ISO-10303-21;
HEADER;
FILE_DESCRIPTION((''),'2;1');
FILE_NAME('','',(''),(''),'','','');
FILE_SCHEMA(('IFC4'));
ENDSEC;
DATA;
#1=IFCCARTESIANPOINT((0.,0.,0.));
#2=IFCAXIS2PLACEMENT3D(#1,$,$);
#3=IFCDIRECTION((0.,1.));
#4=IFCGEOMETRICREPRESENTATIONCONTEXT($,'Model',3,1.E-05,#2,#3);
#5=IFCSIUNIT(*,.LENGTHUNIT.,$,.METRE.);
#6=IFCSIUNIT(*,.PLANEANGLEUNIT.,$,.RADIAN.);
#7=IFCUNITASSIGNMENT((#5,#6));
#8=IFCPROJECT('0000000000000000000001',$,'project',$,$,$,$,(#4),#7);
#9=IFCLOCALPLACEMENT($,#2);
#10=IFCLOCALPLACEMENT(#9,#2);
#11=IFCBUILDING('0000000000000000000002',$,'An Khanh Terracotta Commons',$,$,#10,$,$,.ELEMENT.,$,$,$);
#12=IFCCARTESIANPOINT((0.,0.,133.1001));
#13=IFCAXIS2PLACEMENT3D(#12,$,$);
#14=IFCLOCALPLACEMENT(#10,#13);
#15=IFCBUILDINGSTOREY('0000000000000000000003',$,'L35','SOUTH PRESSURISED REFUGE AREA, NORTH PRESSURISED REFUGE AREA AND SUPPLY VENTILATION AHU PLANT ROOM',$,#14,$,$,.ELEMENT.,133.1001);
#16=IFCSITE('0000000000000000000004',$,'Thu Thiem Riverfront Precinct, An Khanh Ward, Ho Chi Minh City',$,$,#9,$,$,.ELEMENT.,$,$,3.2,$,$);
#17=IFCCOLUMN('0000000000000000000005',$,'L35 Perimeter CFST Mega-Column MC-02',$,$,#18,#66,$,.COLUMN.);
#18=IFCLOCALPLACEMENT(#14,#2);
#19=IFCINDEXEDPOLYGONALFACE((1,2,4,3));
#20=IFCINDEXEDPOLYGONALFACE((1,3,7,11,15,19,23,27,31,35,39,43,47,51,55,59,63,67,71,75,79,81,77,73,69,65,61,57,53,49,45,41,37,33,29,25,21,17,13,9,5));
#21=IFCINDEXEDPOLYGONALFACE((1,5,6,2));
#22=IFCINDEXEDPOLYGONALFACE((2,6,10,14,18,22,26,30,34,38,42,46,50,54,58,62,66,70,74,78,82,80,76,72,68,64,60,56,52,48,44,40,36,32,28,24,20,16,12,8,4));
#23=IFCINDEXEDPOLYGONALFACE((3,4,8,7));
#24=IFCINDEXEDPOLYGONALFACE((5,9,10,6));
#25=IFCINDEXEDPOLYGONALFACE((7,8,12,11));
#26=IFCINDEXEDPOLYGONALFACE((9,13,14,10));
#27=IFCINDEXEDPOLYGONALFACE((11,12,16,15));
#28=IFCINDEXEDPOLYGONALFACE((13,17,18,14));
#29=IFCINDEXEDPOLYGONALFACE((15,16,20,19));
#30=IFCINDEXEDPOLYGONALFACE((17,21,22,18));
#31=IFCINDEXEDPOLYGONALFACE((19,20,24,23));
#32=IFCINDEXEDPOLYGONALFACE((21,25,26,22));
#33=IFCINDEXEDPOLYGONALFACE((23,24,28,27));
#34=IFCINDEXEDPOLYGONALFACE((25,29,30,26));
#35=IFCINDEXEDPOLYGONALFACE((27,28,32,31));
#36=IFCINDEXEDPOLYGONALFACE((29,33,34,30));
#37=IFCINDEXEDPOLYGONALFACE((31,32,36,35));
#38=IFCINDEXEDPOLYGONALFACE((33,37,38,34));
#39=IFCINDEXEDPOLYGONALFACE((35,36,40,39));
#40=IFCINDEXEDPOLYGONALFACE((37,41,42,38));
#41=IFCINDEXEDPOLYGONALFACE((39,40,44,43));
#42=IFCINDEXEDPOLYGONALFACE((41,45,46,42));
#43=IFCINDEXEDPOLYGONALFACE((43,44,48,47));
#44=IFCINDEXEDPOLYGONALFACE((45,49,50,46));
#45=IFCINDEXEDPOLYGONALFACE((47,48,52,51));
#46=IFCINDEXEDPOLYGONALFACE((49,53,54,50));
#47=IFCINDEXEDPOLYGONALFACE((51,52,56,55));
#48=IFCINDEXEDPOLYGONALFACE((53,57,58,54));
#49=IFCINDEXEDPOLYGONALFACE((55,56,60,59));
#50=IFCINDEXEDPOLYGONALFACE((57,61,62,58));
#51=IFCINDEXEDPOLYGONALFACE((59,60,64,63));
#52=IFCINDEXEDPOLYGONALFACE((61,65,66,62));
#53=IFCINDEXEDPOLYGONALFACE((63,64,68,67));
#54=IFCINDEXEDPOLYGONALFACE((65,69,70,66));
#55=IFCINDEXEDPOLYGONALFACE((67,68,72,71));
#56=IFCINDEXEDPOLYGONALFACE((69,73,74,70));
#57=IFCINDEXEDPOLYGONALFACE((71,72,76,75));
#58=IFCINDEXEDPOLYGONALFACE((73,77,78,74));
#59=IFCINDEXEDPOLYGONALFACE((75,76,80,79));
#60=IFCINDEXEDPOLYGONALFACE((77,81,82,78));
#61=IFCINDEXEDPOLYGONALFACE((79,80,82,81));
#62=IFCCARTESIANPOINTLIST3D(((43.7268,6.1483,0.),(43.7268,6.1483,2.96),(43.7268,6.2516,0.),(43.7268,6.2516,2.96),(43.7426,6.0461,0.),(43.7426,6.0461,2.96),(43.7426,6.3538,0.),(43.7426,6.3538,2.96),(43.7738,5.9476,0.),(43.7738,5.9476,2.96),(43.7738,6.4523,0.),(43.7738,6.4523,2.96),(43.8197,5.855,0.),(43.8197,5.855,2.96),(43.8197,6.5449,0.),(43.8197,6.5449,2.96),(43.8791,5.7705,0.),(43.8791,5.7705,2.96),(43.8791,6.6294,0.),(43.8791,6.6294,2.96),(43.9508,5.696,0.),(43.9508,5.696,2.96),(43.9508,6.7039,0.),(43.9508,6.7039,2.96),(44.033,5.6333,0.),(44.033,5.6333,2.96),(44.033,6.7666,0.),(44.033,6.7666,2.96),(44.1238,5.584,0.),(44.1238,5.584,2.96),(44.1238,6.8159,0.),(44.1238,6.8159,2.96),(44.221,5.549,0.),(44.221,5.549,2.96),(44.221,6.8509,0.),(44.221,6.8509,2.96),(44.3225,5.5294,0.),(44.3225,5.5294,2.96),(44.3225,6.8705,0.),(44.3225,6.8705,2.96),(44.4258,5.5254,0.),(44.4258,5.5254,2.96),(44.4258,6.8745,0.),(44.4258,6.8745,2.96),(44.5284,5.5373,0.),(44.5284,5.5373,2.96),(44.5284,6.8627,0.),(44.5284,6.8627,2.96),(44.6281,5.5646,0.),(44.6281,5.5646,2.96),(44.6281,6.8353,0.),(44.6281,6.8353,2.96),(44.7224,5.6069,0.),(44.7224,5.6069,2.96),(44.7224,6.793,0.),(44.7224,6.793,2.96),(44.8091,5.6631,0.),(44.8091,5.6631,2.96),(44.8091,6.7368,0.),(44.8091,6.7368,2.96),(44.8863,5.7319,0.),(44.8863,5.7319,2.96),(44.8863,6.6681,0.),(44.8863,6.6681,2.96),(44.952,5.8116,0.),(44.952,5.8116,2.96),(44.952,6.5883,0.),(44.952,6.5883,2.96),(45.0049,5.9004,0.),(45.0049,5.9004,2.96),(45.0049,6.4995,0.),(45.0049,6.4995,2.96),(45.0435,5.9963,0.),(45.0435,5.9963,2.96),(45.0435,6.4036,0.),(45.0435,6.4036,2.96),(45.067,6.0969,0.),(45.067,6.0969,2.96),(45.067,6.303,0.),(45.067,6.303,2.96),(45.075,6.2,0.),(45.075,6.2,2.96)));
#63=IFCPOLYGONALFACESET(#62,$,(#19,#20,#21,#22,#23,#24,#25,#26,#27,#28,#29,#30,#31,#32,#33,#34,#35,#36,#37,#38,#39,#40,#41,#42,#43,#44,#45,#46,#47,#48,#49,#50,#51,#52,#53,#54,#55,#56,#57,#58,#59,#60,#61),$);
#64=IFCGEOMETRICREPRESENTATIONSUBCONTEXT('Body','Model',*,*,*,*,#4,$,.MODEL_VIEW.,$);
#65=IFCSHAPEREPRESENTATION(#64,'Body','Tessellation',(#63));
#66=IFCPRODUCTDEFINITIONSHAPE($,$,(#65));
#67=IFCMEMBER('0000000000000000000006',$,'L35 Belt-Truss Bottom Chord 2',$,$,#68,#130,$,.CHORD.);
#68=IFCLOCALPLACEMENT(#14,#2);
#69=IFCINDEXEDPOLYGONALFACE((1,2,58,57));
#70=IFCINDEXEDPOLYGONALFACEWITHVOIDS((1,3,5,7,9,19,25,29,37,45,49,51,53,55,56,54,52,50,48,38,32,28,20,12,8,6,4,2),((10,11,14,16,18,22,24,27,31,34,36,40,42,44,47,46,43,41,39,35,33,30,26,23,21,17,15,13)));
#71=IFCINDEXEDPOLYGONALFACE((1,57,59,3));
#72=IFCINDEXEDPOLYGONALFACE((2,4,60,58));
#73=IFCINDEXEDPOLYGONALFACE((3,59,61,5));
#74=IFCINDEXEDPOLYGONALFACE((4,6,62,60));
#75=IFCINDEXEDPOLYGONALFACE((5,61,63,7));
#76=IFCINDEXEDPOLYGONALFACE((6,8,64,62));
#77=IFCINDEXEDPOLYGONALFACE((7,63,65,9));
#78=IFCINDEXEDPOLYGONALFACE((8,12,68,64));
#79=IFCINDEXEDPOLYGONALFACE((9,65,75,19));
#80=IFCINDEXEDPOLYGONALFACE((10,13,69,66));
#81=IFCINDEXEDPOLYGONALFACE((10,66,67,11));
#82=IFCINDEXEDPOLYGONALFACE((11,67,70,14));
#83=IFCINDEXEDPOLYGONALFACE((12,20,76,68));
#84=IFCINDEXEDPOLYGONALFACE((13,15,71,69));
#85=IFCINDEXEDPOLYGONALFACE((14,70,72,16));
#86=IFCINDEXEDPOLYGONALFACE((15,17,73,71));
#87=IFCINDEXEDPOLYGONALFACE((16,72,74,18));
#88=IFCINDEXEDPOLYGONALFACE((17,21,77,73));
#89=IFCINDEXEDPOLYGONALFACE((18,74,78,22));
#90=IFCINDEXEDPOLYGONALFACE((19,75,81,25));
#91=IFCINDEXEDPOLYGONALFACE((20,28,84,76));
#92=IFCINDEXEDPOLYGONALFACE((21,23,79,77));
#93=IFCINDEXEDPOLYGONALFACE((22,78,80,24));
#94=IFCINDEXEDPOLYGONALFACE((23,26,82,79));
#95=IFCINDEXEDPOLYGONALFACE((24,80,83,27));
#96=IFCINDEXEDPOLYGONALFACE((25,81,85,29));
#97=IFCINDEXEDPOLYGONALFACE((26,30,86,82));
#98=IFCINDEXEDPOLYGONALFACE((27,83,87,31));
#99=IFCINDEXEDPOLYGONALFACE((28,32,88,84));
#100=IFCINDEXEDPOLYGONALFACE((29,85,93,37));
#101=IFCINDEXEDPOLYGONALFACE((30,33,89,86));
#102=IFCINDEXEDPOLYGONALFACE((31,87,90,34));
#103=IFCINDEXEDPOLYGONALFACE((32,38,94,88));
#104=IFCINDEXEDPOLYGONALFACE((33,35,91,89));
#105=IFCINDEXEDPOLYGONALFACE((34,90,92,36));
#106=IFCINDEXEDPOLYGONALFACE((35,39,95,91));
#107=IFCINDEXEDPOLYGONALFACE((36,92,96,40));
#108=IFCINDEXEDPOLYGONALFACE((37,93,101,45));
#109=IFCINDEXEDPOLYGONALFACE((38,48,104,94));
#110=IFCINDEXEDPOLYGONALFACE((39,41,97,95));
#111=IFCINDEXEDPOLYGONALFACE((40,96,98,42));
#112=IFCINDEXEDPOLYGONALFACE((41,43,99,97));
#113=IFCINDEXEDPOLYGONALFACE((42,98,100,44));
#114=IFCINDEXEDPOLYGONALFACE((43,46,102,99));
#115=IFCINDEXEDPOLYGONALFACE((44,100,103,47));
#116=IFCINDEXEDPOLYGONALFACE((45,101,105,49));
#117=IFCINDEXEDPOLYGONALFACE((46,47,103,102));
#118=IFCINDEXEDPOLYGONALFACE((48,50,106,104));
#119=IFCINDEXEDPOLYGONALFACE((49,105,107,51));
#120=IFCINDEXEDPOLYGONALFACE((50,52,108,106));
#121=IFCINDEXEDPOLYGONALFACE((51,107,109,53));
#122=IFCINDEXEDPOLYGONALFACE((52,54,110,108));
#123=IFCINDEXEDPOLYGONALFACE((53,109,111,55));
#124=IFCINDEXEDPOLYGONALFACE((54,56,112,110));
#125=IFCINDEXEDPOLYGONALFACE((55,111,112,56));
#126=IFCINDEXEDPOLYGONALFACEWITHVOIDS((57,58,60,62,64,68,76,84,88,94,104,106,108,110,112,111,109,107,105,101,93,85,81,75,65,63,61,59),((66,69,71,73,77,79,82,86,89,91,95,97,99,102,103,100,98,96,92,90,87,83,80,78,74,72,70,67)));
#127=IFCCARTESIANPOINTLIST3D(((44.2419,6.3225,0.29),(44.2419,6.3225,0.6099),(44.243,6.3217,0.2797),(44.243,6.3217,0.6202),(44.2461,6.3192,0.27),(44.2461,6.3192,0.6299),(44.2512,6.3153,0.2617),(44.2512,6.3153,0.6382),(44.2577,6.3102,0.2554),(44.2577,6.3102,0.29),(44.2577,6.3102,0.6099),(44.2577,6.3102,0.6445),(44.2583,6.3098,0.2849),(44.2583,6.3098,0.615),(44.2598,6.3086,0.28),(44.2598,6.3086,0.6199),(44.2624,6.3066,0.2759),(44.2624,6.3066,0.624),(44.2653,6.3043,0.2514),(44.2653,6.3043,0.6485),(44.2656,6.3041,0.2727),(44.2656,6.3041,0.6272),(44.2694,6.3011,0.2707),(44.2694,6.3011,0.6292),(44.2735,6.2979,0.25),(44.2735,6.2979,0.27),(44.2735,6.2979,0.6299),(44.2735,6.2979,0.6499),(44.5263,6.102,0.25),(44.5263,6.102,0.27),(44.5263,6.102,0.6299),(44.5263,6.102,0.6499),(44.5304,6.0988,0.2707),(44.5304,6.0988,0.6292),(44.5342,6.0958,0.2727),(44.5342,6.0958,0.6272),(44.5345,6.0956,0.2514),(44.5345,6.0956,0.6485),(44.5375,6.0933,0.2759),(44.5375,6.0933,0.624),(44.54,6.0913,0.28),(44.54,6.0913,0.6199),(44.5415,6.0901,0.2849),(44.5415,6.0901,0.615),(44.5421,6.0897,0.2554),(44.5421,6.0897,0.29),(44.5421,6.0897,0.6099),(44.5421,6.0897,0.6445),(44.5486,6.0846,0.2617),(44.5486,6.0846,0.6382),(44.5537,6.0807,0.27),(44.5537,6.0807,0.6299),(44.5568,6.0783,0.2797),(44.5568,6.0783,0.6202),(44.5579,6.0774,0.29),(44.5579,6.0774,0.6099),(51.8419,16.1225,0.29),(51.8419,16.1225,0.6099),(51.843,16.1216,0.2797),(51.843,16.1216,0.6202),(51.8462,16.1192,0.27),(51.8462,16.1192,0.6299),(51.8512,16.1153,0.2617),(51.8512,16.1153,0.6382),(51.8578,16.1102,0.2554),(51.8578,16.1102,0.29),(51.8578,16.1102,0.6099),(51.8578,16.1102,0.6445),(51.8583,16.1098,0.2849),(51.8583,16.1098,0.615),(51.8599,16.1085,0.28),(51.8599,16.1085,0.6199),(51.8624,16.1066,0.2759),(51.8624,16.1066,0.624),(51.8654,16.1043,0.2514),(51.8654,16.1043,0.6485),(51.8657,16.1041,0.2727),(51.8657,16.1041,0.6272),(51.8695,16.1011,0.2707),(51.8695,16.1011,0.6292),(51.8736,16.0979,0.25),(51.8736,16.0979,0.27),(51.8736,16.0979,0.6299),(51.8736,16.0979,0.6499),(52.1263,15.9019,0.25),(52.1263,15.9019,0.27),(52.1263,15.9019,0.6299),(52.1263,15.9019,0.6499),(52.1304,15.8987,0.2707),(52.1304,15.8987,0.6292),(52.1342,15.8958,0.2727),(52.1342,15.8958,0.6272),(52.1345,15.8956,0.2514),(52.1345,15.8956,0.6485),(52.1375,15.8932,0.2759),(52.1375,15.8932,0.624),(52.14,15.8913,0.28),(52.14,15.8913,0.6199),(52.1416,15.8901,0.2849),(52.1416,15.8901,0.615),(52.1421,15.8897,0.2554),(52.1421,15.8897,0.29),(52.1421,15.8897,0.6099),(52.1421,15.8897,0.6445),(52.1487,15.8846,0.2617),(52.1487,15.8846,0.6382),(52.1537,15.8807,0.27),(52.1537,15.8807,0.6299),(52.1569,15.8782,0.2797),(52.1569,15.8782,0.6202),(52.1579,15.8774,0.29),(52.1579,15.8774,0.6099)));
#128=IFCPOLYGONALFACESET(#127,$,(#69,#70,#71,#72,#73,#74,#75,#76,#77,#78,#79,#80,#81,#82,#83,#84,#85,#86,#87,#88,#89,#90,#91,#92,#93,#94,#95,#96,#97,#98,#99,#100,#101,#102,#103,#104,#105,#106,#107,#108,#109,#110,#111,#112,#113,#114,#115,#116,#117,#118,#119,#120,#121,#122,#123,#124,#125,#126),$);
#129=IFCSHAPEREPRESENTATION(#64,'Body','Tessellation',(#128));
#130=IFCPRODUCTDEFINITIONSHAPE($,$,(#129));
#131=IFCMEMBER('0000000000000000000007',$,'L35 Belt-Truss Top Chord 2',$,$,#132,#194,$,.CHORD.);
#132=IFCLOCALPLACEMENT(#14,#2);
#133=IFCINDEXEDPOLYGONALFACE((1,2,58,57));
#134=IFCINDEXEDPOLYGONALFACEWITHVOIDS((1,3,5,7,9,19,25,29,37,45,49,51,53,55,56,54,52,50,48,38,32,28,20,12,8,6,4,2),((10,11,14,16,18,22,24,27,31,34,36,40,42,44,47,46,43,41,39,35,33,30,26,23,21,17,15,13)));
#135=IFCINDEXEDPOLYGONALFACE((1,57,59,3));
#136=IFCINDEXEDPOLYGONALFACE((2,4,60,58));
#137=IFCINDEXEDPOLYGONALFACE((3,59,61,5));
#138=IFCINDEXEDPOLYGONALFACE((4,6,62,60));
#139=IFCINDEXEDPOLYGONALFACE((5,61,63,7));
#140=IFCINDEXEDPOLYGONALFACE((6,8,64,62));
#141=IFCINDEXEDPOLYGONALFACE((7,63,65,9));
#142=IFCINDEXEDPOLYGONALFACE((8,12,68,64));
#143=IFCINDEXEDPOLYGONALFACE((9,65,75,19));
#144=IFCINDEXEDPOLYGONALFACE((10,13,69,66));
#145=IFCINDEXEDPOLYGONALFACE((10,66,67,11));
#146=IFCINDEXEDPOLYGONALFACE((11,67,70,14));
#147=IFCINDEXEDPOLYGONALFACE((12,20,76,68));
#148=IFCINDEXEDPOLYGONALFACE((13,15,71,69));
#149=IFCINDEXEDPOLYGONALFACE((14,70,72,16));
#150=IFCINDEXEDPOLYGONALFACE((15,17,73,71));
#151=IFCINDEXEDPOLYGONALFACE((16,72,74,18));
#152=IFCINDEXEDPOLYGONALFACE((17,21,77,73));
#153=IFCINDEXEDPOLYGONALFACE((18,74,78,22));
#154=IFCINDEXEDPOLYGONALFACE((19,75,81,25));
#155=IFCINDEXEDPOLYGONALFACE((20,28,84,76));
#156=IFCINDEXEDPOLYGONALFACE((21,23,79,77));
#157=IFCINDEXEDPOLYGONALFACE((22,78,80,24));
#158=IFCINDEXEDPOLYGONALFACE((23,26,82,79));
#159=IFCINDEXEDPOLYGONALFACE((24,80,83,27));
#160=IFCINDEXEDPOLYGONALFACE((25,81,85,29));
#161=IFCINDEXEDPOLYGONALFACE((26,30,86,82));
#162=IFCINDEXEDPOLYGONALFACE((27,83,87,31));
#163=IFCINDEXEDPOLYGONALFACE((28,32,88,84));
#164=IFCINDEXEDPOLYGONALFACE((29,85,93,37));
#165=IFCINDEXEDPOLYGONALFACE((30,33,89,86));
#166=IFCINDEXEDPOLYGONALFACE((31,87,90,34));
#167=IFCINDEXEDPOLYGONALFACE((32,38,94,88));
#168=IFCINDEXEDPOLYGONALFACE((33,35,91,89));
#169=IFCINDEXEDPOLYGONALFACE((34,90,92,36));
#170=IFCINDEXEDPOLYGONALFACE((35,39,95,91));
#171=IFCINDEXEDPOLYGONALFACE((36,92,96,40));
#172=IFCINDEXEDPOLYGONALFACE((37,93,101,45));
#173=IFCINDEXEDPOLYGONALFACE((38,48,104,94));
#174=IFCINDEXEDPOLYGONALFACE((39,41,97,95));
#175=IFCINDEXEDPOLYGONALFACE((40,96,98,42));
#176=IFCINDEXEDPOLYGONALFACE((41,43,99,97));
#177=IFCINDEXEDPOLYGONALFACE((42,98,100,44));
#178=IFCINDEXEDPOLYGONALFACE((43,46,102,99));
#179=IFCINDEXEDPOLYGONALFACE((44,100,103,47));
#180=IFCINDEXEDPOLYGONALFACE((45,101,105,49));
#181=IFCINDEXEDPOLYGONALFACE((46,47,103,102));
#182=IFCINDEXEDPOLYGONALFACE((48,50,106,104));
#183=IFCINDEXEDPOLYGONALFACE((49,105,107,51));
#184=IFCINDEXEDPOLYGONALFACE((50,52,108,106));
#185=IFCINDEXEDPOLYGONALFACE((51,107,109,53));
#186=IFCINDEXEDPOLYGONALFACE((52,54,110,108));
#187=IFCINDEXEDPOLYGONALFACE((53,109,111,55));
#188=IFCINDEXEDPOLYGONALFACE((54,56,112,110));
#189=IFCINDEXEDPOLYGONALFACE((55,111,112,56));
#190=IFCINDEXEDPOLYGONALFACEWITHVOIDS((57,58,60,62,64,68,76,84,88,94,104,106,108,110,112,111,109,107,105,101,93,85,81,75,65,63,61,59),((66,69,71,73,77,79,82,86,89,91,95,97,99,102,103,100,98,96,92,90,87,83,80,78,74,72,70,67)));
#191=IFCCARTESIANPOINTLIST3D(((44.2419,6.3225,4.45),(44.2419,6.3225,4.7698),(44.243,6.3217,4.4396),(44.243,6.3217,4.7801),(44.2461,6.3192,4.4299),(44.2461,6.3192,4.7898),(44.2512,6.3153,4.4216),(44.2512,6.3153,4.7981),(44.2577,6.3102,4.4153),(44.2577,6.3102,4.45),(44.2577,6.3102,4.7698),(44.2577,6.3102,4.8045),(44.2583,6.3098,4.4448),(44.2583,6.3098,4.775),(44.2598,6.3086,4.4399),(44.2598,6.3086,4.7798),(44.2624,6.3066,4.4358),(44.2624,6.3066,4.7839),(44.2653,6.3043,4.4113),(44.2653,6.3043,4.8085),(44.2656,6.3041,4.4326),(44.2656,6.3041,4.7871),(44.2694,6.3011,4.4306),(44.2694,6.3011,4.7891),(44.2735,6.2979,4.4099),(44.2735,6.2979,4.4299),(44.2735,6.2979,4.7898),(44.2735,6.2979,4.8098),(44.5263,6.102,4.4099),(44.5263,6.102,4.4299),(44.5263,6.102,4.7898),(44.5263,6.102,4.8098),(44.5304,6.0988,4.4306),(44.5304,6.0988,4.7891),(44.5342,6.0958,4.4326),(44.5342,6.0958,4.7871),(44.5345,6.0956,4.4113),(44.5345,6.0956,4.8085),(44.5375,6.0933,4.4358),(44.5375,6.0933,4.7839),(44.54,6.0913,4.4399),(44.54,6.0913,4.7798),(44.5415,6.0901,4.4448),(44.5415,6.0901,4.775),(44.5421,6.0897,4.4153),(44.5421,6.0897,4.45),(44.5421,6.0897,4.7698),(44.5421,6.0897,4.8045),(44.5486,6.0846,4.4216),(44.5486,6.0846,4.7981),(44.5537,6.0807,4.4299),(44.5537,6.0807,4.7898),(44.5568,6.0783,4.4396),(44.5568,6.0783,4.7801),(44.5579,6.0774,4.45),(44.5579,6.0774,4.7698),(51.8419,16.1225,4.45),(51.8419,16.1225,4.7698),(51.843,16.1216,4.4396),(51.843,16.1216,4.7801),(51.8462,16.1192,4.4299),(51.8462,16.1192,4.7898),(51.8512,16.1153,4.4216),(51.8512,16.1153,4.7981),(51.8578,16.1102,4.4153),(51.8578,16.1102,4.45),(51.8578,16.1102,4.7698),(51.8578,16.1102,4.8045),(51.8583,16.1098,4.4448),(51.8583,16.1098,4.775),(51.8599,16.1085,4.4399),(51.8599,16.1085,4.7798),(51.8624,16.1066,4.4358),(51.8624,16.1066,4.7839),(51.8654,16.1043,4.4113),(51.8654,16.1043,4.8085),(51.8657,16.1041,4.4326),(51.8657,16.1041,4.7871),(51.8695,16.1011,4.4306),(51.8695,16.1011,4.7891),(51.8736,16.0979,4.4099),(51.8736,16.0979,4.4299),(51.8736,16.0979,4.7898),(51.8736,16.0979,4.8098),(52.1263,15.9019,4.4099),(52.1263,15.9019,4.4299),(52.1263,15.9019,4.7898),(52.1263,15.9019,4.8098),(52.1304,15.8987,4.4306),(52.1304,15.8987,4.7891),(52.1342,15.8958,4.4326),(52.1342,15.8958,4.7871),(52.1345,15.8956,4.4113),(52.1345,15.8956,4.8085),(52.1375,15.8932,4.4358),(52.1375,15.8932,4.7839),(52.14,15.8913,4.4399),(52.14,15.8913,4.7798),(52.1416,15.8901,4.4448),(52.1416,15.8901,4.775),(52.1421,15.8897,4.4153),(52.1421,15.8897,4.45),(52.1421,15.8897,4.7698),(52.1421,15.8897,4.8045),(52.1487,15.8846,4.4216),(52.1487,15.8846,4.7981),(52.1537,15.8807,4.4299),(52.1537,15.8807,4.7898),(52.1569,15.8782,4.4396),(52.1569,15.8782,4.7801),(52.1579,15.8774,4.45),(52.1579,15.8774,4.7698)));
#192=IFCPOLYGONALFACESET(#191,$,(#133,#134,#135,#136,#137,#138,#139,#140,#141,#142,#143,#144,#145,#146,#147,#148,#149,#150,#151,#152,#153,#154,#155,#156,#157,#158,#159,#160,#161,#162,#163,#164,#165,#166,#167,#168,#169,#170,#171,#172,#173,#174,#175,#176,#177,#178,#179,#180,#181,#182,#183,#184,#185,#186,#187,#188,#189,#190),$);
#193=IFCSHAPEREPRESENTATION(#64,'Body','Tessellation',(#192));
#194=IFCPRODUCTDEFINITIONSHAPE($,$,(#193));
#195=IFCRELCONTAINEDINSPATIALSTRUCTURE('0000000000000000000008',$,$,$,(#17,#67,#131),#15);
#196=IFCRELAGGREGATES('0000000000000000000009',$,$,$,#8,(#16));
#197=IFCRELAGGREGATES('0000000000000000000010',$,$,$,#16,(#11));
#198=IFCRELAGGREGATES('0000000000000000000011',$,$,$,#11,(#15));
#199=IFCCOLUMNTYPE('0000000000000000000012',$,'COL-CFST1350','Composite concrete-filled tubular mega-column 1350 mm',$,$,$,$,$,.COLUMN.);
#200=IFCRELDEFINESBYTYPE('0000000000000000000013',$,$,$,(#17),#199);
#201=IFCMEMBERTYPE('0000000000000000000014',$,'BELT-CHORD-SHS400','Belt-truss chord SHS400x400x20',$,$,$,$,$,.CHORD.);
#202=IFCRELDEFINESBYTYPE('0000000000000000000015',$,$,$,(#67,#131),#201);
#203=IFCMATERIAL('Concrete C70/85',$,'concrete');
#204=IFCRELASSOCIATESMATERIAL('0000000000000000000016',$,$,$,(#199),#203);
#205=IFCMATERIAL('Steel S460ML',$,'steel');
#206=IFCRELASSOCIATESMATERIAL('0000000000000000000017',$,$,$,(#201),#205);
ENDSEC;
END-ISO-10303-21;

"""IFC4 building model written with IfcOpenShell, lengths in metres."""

from ifc_helpers import new_model, si_unit, direction, frame, origin, origin_2d, place, context, subcontext, project, spatial, hollow_rectangle, circle, extrude, material, material_profile, profile_set, type_object, element, save


model = new_model("IFC4")

# Units and contexts
model_context = context("Model", 3, precision=1e-05, world=origin(), true_north=direction((0.0, 1.0)))
body_context = subcontext(model_context, "Body", "Model", "MODEL_VIEW")
ifc_project = project(units=[si_unit("LENGTHUNIT", "METRE"), si_unit("PLANEANGLEUNIT", "RADIAN")], contexts=[model_context])

# Site, building, storey
site_placement = place(None, origin())
site = spatial("IfcSite", under=ifc_project, at=site_placement, Name="Thu Thiem Riverfront Precinct, An Khanh Ward, Ho Chi Minh City", CompositionType="ELEMENT", RefElevation=3.2)
building_placement = place(site_placement, origin())
building = spatial("IfcBuilding", under=site, at=building_placement, Name="An Khanh Terracotta Commons", CompositionType="ELEMENT")
storey_placement = place(building_placement, frame((0.0, 0.0, 133.1001)))
storey = spatial("IfcBuildingStorey", under=building, at=storey_placement, Name="L35", Description="SOUTH PRESSURISED REFUGE AREA, NORTH PRESSURISED REFUGE AREA AND SUPPLY VENTILATION AHU PLANT ROOM", CompositionType="ELEMENT", Elevation=133.1001)

# Column
ifc_material_1 = material(Name="Concrete C70/85", Category="concrete")
ifc_material_profile_1 = material_profile(ifc_material_1, circle(Radius=0.675, at=origin_2d()), Name="CFST1350")
ifc_profile_set_1 = profile_set([ifc_material_profile_1], Name="Concrete C70/85")
column_type = type_object("IfcColumnType", Name="COL-CFST1350", Description="Composite concrete-filled tubular mega-column 1350 mm", PredefinedType="COLUMN", material=ifc_profile_set_1)
column_placement = place(storey_placement, frame((44.3999, 6.2, 0.0), z_axis=(0.0, 0.0, 1.0), x_axis=(1.0, 0.0, 0.0)))
element("IfcColumn", 1, at=column_placement, inside=storey, type_object=column_type, Name="L35 Perimeter CFST Mega-Column MC-02", PredefinedType="COLUMN", context=body_context, shape_type="SweptSolid", body=[
    extrude(circle(Radius=0.675, at=origin_2d()), origin(), (0.0, 0.0, 1.0), 2.96),
])

# Members
ifc_material_2 = material(Name="Steel S460ML", Category="steel")
ifc_material_profile_2 = material_profile(ifc_material_2, hollow_rectangle(XDim=0.3999, YDim=0.3999, WallThickness=0.02, InnerFilletRadius=0.02, OuterFilletRadius=0.04, at=origin_2d()), Name="SHS400x400x20")
ifc_profile_set_2 = profile_set([ifc_material_profile_2], Name="Steel S460ML")
member_type_1 = type_object("IfcMemberType", Name="BELT-CHORD-SHS400", Description="Belt-truss chord SHS400x400x20", PredefinedType="CHORD", material=ifc_profile_set_2)
for number, where, z_axis, x_axis, name in (
    (2, (44.3999, 6.2, 0.45), (0.612827, 0.790217, 0.0), (-0.790217, 0.612827, 0.0), "L35 Belt-Truss Bottom Chord 2"),
    (3, (44.3999, 6.2, 4.6099), (0.612827, 0.790217, 0.0), (-0.790217, 0.612827, 0.0), "L35 Belt-Truss Top Chord 2"),
):
    element("IfcMember", number, at=place(storey_placement, frame(where, z_axis=z_axis, x_axis=x_axis)), inside=storey, type_object=member_type_1, Name=name, PredefinedType="CHORD", context=body_context, shape_type="SweptSolid", body=[
        extrude(hollow_rectangle(XDim=0.3999, YDim=0.3999, WallThickness=0.02, InnerFilletRadius=0.02, OuterFilletRadius=0.04, at=origin_2d()), origin(), (0.0, 0.0, 1.0), 12.4016),
    ])

save(model, "model.ifc")
